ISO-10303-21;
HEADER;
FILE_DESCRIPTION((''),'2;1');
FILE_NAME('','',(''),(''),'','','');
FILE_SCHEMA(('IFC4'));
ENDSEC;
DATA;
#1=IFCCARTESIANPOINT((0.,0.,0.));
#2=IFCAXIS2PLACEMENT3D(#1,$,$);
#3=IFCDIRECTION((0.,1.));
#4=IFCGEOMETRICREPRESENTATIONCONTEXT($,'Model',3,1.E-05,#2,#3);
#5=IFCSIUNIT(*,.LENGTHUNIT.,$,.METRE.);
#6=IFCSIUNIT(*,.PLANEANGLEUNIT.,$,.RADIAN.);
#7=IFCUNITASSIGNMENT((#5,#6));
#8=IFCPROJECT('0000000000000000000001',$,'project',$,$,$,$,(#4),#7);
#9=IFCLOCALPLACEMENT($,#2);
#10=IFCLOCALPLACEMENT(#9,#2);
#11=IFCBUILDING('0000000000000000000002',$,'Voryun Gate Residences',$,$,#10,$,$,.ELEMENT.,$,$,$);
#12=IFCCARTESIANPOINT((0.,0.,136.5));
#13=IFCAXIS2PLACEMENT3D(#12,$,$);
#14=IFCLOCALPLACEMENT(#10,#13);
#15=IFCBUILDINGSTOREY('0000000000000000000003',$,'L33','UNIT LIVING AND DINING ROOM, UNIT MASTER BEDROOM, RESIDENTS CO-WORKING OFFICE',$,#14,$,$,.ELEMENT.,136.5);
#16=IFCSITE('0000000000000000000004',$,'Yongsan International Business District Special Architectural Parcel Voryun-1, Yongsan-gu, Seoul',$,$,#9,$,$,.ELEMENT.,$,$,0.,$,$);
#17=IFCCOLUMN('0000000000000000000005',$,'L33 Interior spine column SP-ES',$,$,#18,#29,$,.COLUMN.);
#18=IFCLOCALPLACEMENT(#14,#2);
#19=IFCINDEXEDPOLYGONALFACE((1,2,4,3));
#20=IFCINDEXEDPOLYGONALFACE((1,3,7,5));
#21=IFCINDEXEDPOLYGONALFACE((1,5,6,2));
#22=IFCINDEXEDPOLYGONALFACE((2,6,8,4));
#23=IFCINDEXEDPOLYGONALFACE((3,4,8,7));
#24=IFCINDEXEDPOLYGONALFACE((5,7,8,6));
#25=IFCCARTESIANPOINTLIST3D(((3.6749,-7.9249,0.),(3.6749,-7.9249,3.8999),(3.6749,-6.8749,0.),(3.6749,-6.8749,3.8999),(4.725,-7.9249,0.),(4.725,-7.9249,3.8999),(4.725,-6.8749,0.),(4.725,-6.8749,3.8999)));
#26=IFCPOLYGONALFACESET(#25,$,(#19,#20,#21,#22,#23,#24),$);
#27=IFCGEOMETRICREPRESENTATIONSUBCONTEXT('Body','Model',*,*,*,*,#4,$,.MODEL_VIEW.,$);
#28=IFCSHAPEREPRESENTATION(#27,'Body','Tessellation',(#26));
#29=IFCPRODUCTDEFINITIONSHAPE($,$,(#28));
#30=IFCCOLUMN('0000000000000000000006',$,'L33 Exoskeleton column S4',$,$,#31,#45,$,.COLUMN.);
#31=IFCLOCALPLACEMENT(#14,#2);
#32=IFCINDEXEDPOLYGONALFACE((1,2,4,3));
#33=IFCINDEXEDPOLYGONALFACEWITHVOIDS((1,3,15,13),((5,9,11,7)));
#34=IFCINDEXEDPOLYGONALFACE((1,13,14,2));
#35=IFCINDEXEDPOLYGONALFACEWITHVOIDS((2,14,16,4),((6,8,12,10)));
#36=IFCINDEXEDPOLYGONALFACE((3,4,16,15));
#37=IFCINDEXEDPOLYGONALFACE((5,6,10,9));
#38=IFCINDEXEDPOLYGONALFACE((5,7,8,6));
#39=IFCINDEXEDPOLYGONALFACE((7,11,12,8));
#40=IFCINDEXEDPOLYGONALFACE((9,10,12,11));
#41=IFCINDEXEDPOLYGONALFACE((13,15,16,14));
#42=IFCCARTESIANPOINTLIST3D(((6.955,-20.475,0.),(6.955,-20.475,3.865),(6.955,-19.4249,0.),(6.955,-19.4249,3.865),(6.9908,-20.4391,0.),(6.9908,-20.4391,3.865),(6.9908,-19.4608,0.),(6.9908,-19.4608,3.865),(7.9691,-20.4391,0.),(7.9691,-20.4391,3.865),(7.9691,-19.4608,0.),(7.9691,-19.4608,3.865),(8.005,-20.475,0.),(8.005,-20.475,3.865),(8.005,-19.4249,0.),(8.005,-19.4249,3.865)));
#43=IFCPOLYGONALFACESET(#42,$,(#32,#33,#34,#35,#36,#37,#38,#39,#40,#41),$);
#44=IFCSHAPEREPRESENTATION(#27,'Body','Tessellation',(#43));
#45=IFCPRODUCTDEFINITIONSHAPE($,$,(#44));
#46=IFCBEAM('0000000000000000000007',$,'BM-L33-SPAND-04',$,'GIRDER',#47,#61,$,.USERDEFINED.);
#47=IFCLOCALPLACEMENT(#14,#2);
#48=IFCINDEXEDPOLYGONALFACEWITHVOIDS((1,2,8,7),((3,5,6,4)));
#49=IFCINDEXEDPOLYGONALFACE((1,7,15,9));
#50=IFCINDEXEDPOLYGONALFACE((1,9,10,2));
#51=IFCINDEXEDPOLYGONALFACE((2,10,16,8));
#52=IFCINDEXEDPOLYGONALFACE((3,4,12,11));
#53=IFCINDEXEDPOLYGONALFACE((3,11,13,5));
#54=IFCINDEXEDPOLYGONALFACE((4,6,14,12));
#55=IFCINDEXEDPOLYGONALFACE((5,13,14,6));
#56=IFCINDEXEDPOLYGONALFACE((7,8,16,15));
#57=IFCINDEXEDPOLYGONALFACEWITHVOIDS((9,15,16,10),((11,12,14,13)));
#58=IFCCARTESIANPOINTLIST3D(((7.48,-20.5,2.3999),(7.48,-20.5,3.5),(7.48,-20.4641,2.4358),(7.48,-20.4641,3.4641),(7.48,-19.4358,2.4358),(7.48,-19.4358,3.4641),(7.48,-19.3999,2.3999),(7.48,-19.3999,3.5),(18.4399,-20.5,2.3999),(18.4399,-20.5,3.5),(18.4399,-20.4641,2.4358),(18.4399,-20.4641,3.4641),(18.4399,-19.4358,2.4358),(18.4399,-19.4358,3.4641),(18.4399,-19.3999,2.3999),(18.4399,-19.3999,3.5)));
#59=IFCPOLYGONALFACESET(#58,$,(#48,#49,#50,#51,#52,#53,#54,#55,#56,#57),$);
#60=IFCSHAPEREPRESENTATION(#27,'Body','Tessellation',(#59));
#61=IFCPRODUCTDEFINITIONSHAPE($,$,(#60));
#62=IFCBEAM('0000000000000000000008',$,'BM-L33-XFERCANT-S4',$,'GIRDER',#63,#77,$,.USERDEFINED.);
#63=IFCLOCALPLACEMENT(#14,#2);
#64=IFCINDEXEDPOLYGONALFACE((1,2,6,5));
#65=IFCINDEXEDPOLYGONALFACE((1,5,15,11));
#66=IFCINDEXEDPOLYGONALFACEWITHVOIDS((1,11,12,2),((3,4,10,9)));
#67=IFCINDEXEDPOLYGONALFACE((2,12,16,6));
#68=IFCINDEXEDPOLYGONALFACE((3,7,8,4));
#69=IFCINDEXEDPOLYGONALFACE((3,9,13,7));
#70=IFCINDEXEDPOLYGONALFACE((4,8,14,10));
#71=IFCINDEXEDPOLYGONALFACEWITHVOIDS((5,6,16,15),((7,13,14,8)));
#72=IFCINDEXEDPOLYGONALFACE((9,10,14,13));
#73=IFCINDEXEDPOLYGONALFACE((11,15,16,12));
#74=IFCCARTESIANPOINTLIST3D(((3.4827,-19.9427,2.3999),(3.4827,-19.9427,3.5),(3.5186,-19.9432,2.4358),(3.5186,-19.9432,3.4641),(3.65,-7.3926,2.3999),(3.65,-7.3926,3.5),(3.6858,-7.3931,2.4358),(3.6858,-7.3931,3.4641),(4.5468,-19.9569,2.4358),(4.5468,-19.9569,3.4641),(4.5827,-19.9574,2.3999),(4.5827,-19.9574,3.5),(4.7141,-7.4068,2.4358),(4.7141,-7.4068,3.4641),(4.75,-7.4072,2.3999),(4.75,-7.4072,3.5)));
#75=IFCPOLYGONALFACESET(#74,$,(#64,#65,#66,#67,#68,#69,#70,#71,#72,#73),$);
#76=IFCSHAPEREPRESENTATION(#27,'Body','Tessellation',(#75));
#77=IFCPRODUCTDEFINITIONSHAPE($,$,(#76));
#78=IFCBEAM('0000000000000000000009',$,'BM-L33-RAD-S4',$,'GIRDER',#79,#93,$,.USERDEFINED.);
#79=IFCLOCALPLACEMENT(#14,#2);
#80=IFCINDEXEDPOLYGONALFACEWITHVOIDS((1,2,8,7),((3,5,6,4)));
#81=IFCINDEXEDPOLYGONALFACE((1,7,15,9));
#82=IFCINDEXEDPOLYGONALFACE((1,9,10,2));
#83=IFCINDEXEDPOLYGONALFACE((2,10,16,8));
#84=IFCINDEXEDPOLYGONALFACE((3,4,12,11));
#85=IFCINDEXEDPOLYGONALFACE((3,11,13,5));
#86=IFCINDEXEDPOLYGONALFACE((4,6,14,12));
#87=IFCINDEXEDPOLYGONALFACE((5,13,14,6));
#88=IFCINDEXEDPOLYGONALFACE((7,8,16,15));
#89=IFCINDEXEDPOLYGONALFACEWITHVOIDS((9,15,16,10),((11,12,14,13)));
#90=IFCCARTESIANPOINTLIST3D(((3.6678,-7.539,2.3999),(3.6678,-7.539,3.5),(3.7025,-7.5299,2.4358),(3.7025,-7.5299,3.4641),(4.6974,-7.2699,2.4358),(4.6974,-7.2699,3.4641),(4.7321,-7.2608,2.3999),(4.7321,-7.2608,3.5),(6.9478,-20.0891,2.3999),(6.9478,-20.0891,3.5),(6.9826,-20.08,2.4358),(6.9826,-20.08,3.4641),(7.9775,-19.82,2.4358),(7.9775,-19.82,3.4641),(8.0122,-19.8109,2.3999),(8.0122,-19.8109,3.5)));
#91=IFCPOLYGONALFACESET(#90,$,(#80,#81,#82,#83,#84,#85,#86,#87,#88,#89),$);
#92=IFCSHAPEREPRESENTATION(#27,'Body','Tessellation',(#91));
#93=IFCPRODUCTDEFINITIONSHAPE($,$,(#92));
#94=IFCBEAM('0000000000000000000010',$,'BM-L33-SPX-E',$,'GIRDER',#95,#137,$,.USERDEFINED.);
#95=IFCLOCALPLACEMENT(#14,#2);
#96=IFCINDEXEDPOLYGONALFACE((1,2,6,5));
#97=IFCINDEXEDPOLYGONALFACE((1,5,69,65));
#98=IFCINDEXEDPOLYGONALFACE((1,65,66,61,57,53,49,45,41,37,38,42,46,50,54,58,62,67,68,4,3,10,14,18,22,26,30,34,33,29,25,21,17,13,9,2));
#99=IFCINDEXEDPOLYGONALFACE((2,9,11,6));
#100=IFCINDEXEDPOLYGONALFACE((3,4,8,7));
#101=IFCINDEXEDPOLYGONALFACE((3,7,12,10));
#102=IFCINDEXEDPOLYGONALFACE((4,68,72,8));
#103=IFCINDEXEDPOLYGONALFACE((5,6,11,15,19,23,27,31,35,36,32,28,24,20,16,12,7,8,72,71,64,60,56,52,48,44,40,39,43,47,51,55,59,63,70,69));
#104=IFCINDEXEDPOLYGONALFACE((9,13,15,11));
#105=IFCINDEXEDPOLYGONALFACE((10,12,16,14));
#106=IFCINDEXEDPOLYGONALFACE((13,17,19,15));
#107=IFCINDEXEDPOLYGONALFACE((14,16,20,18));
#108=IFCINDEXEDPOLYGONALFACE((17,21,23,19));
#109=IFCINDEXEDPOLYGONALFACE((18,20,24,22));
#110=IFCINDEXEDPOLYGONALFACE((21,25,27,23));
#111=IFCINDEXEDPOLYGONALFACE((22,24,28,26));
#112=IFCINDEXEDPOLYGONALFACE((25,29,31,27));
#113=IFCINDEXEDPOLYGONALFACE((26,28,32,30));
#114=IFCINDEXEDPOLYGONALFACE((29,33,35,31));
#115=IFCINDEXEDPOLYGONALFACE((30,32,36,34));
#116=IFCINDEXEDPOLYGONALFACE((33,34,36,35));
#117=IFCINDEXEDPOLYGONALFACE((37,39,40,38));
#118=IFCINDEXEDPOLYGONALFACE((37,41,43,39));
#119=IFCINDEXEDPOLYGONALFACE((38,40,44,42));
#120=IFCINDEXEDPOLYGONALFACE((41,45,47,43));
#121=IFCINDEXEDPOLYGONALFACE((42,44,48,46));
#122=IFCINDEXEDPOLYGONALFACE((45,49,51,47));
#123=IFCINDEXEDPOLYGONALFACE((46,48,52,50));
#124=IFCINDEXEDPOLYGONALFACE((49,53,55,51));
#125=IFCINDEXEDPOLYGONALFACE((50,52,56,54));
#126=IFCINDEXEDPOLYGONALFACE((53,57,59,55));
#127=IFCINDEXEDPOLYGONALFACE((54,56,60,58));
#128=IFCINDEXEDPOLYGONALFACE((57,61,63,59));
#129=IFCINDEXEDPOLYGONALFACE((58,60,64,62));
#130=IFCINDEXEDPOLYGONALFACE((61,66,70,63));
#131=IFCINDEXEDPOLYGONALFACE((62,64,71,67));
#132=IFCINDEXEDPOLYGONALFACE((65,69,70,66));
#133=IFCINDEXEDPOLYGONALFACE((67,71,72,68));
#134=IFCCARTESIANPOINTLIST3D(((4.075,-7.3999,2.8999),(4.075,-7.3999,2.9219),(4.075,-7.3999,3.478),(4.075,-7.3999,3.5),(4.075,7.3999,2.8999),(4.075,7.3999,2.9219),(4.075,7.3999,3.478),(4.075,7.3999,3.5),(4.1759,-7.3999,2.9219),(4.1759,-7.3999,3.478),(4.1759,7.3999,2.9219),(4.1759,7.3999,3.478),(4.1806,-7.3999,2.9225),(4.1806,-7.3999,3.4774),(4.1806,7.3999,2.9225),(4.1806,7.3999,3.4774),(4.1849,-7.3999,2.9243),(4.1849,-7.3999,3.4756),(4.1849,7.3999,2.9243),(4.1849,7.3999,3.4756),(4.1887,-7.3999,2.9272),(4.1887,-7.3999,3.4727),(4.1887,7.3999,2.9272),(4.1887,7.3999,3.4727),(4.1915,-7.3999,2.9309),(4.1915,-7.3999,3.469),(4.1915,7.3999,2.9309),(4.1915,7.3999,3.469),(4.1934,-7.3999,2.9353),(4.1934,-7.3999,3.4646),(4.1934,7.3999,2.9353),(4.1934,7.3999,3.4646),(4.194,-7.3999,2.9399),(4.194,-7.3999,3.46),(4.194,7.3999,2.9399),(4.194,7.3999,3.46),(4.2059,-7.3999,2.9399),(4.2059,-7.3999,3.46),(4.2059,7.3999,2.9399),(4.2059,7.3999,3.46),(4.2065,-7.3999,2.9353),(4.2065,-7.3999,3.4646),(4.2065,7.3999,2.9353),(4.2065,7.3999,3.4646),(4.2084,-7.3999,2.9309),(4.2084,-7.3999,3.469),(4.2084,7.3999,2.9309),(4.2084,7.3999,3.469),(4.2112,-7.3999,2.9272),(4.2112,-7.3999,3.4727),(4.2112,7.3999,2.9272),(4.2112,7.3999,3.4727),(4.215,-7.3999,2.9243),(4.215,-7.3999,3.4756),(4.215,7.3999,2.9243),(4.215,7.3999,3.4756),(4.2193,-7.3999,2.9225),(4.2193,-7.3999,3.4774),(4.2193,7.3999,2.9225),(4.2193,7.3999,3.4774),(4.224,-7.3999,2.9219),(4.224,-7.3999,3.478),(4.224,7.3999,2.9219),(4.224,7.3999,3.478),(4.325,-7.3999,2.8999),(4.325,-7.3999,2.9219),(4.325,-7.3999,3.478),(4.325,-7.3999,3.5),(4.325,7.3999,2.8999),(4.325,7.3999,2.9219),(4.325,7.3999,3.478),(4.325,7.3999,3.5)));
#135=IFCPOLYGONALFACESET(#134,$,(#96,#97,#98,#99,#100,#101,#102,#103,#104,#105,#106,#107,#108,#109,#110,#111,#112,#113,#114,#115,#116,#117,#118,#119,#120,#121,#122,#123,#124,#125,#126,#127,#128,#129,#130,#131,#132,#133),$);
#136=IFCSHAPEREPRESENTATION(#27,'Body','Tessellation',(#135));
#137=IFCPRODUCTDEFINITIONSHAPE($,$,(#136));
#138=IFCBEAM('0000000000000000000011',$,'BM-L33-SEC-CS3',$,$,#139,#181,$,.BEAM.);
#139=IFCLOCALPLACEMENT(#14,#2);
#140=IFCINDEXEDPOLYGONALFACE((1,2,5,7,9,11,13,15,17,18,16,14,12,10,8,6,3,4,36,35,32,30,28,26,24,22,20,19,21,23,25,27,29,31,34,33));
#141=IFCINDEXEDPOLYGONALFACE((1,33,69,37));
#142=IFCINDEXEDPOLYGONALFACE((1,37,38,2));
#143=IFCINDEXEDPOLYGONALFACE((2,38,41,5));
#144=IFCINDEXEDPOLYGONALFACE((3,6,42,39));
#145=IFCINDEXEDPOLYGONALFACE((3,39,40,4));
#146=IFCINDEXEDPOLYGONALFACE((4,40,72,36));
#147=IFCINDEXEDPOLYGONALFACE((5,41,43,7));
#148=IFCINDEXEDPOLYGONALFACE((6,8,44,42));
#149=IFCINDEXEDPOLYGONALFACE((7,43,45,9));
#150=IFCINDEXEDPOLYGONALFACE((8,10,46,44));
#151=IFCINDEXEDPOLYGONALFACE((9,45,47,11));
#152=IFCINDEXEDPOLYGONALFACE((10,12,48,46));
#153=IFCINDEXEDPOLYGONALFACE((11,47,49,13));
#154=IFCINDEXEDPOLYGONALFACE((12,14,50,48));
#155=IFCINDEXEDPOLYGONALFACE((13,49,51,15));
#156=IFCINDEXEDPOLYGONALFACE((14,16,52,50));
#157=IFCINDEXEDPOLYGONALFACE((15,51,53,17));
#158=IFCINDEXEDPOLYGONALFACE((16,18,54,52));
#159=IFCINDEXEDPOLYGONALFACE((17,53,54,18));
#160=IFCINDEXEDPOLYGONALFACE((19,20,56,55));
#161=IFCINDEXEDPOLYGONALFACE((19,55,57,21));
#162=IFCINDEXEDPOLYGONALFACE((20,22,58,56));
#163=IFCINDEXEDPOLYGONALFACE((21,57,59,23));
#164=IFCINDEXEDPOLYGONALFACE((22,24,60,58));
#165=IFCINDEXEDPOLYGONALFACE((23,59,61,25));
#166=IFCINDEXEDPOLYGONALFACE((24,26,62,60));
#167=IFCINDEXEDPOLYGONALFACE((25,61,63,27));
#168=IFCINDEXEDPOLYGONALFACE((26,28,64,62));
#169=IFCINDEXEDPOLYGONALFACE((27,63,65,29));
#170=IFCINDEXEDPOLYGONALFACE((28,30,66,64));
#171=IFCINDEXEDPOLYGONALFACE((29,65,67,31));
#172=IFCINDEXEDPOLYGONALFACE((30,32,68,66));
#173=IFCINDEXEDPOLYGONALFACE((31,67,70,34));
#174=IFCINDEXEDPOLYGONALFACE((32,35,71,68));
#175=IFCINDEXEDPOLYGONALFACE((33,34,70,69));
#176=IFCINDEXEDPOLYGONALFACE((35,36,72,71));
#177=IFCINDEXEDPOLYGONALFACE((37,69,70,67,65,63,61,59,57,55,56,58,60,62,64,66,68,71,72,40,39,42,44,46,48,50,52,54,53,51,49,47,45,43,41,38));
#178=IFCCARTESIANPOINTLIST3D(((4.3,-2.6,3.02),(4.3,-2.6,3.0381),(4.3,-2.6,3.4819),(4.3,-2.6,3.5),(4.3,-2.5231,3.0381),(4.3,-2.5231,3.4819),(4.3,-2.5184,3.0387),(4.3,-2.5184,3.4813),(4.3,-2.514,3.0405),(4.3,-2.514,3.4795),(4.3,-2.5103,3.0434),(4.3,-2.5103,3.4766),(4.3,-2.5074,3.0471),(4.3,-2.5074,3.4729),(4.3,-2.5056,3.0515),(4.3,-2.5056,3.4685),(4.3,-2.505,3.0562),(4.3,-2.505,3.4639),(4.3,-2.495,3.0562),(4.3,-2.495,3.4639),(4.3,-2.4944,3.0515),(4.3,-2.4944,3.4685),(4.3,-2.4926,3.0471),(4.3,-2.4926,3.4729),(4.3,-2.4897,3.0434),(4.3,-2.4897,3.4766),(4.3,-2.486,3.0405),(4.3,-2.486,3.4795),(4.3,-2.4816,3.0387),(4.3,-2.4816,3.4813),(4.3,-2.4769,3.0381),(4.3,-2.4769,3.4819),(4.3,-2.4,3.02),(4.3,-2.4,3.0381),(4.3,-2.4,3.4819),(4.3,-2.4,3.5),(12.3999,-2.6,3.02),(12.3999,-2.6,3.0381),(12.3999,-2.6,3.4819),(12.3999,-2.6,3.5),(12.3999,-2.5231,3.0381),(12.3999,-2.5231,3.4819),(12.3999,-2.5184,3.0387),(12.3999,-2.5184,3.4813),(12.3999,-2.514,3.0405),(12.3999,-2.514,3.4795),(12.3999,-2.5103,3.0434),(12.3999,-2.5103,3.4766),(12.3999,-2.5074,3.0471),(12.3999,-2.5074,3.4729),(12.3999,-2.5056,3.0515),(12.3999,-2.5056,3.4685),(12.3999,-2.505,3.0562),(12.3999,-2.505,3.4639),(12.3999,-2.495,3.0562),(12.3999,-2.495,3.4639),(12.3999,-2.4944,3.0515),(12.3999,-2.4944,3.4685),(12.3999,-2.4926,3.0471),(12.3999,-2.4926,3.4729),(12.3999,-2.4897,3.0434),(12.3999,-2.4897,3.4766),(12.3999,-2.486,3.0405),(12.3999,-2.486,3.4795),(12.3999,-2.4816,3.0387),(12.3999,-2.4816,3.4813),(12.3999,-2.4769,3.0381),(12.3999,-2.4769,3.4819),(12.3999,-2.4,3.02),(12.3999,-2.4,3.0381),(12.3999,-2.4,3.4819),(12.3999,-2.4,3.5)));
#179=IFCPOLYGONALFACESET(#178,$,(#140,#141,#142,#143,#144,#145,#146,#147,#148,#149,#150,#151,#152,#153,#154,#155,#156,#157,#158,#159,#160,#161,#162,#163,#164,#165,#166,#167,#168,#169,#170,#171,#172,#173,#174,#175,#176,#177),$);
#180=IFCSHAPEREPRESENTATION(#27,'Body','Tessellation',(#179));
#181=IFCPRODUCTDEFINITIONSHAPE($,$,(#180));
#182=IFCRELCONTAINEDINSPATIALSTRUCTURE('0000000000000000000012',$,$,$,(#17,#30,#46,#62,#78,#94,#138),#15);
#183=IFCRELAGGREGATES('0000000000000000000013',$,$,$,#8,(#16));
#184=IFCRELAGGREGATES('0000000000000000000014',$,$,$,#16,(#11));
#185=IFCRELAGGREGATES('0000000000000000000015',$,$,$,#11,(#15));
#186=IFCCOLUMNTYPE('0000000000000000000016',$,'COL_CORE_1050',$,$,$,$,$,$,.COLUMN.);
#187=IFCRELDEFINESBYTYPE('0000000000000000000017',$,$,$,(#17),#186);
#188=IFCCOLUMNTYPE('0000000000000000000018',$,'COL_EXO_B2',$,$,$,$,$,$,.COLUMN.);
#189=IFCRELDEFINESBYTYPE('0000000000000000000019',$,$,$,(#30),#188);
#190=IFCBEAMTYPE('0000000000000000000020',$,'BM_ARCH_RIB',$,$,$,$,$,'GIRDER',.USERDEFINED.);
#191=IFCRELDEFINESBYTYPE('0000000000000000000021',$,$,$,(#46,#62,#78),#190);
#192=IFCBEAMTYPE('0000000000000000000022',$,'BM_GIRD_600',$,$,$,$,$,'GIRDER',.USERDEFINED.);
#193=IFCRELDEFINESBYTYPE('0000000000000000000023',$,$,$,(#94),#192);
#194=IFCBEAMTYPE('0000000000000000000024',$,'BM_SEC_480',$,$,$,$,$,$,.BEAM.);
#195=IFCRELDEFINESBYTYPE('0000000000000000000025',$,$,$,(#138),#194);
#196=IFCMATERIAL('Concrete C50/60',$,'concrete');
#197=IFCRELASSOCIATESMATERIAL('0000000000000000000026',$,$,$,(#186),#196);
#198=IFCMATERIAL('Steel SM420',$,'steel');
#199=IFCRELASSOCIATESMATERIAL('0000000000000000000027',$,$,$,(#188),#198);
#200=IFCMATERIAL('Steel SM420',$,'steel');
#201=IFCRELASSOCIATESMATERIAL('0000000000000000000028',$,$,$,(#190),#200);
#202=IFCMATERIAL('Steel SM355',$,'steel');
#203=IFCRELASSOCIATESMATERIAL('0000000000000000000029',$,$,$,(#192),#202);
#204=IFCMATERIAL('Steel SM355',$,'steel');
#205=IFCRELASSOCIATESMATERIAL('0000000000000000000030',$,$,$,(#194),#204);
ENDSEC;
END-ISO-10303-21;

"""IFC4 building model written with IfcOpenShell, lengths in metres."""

from ifc_helpers import new_model, si_unit, direction, frame, origin, origin_2d, place, context, subcontext, project, spatial, rectangle, hollow_rectangle, i_section, extrude, material, material_profile, profile_set, type_object, element, save


model = new_model("IFC4")

# Units and contexts
model_context = context("Model", 3, precision=1e-05, world=origin(), true_north=direction((0.0, 1.0)))
body_context = subcontext(model_context, "Body", "Model", "MODEL_VIEW")
ifc_project = project(units=[si_unit("LENGTHUNIT", "METRE"), si_unit("PLANEANGLEUNIT", "RADIAN")], contexts=[model_context])

# Site, building, storey
site_placement = place(None, origin())
site = spatial("IfcSite", under=ifc_project, at=site_placement, Name="Yongsan International Business District Special Architectural Parcel Voryun-1, Yongsan-gu, Seoul", CompositionType="ELEMENT", RefElevation=0.0)
building_placement = place(site_placement, origin())
building = spatial("IfcBuilding", under=site, at=building_placement, Name="Voryun Gate Residences", CompositionType="ELEMENT")
storey_placement = place(building_placement, frame((0.0, 0.0, 136.5)))
storey = spatial("IfcBuildingStorey", under=building, at=storey_placement, Name="L33", Description="UNIT LIVING AND DINING ROOM, UNIT MASTER BEDROOM, RESIDENTS CO-WORKING OFFICE", CompositionType="ELEMENT", Elevation=136.5)

# Columns
ifc_material_1 = material(Name="Concrete C50/60", Category="concrete")
ifc_material_profile_1 = material_profile(ifc_material_1, rectangle(XDim=1.05, YDim=1.05, at=origin_2d()), Name="RC-1050x1050")
ifc_profile_set_1 = profile_set([ifc_material_profile_1], Name="Concrete C50/60")
column_type_1 = type_object("IfcColumnType", Name="COL_CORE_1050", PredefinedType="COLUMN", material=ifc_profile_set_1)
column_1_placement = place(storey_placement, frame((4.2, -7.3999, 0.0), z_axis=(0.0, 0.0, 1.0), x_axis=(1.0, 0.0, 0.0)))
element("IfcColumn", 1, at=column_1_placement, inside=storey, type_object=column_type_1, Name="L33 Interior spine column SP-ES", PredefinedType="COLUMN", context=body_context, shape_type="SweptSolid", body=[
    extrude(rectangle(XDim=1.05, YDim=1.05, at=origin_2d()), origin(), (0.0, 0.0, 1.0), 3.8999),
])
ifc_material_2 = material(Name="Steel SM420", Category="steel")
ifc_material_profile_2 = material_profile(ifc_material_2, hollow_rectangle(XDim=1.05, YDim=1.05, WallThickness=0.0359, at=origin_2d()), Name="BOX-1050x1050x36")
ifc_profile_set_2 = profile_set([ifc_material_profile_2], Name="Steel SM420")
column_type_2 = type_object("IfcColumnType", Name="COL_EXO_B2", PredefinedType="COLUMN", material=ifc_profile_set_2)
column_2_placement = place(storey_placement, frame((7.48, -19.95, 0.0), z_axis=(0.0, 0.0, 1.0), x_axis=(1.0, 0.0, 0.0)))
element("IfcColumn", 2, at=column_2_placement, inside=storey, type_object=column_type_2, Name="L33 Exoskeleton column S4", PredefinedType="COLUMN", context=body_context, shape_type="SweptSolid", body=[
    extrude(hollow_rectangle(XDim=1.05, YDim=1.05, WallThickness=0.0359, at=origin_2d()), origin(), (0.0, 0.0, 1.0), 3.865),
])

# Beams
ifc_material_3 = material(Name="Steel SM420", Category="steel")
ifc_material_profile_3 = material_profile(ifc_material_3, hollow_rectangle(XDim=1.1001, YDim=1.1001, WallThickness=0.0359, at=origin_2d()), Name="BOX-1100x1100x36")
ifc_profile_set_3 = profile_set([ifc_material_profile_3], Name="Steel SM420")
beam_type_1 = type_object("IfcBeamType", Name="BM_ARCH_RIB", ElementType="GIRDER", PredefinedType="USERDEFINED", material=ifc_profile_set_3)
beam_1_placement = place(storey_placement, frame((7.48, -19.95, 2.95), z_axis=(1.0, 0.0, 0.0), x_axis=(0.0, 1.0, 0.0)))
element("IfcBeam", 3, at=beam_1_placement, inside=storey, type_object=beam_type_1, Name="BM-L33-SPAND-04", ObjectType="GIRDER", PredefinedType="USERDEFINED", context=body_context, shape_type="SweptSolid", body=[
    extrude(hollow_rectangle(XDim=1.1001, YDim=1.1001, WallThickness=0.0359, at=origin_2d()), origin(), (0.0, 0.0, 1.0), 10.96),
])
beam_2_placement = place(storey_placement, frame((4.2, -7.3999, 2.95), z_axis=(-0.013324, -0.999911, 0.0), x_axis=(0.999911, -0.013324, 0.0)))
element("IfcBeam", 4, at=beam_2_placement, inside=storey, type_object=beam_type_1, Name="BM-L33-XFERCANT-S4", ObjectType="GIRDER", PredefinedType="USERDEFINED", context=body_context, shape_type="SweptSolid", body=[
    extrude(hollow_rectangle(XDim=1.1001, YDim=1.1001, WallThickness=0.0359, at=origin_2d()), origin(), (0.0, 0.0, 1.0), 12.5513),
])
beam_3_placement = place(storey_placement, frame((4.2, -7.3999, 2.95), z_axis=(0.252862, -0.967502, 0.0), x_axis=(0.967502, 0.252862, 0.0)))
element("IfcBeam", 5, at=beam_3_placement, inside=storey, type_object=beam_type_1, Name="BM-L33-RAD-S4", ObjectType="GIRDER", PredefinedType="USERDEFINED", context=body_context, shape_type="SweptSolid", body=[
    extrude(hollow_rectangle(XDim=1.1001, YDim=1.1001, WallThickness=0.0359, at=origin_2d()), origin(), (0.0, 0.0, 1.0), 12.9717),
])
ifc_material_4 = material(Name="Steel SM355", Category="steel")
ifc_material_profile_4 = material_profile(ifc_material_4, i_section(OverallWidth=0.25, OverallDepth=0.6001, WebThickness=0.012, FlangeThickness=0.022, FilletRadius=0.0181, at=origin_2d()), Name="H-600x250x12x22")
ifc_profile_set_4 = profile_set([ifc_material_profile_4], Name="Steel SM355")
beam_type_2 = type_object("IfcBeamType", Name="BM_GIRD_600", ElementType="GIRDER", PredefinedType="USERDEFINED", material=ifc_profile_set_4)
beam_4_placement = place(storey_placement, frame((4.2, -7.3999, 3.2), z_axis=(0.0, 1.0, 0.0), x_axis=(-1.0, 0.0, 0.0)))
element("IfcBeam", 6, at=beam_4_placement, inside=storey, type_object=beam_type_2, Name="BM-L33-SPX-E", ObjectType="GIRDER", PredefinedType="USERDEFINED", context=body_context, shape_type="SweptSolid", body=[
    extrude(i_section(OverallWidth=0.25, OverallDepth=0.6001, WebThickness=0.012, FlangeThickness=0.022, FilletRadius=0.0181, at=origin_2d()), origin(), (0.0, 0.0, 1.0), 14.7998),
])
ifc_material_5 = material(Name="Steel SM355", Category="steel")
ifc_material_profile_5 = material_profile(ifc_material_5, i_section(OverallWidth=0.2, OverallDepth=0.48, WebThickness=0.01, FlangeThickness=0.0181, FilletRadius=0.0181, at=origin_2d()), Name="H-480x200x10x18")
ifc_profile_set_5 = profile_set([ifc_material_profile_5], Name="Steel SM355")
beam_type_3 = type_object("IfcBeamType", Name="BM_SEC_480", PredefinedType="BEAM", material=ifc_profile_set_5)
beam_5_placement = place(storey_placement, frame((4.3, -2.5, 3.26), z_axis=(1.0, 0.0, 0.0), x_axis=(0.0, 1.0, 0.0)))
element("IfcBeam", 7, at=beam_5_placement, inside=storey, type_object=beam_type_3, Name="BM-L33-SEC-CS3", PredefinedType="BEAM", context=body_context, shape_type="SweptSolid", body=[
    extrude(i_section(OverallWidth=0.2, OverallDepth=0.48, WebThickness=0.01, FlangeThickness=0.0181, FilletRadius=0.0181, at=origin_2d()), origin(), (0.0, 0.0, 1.0), 8.0999),
])

save(model, "model.ifc")
